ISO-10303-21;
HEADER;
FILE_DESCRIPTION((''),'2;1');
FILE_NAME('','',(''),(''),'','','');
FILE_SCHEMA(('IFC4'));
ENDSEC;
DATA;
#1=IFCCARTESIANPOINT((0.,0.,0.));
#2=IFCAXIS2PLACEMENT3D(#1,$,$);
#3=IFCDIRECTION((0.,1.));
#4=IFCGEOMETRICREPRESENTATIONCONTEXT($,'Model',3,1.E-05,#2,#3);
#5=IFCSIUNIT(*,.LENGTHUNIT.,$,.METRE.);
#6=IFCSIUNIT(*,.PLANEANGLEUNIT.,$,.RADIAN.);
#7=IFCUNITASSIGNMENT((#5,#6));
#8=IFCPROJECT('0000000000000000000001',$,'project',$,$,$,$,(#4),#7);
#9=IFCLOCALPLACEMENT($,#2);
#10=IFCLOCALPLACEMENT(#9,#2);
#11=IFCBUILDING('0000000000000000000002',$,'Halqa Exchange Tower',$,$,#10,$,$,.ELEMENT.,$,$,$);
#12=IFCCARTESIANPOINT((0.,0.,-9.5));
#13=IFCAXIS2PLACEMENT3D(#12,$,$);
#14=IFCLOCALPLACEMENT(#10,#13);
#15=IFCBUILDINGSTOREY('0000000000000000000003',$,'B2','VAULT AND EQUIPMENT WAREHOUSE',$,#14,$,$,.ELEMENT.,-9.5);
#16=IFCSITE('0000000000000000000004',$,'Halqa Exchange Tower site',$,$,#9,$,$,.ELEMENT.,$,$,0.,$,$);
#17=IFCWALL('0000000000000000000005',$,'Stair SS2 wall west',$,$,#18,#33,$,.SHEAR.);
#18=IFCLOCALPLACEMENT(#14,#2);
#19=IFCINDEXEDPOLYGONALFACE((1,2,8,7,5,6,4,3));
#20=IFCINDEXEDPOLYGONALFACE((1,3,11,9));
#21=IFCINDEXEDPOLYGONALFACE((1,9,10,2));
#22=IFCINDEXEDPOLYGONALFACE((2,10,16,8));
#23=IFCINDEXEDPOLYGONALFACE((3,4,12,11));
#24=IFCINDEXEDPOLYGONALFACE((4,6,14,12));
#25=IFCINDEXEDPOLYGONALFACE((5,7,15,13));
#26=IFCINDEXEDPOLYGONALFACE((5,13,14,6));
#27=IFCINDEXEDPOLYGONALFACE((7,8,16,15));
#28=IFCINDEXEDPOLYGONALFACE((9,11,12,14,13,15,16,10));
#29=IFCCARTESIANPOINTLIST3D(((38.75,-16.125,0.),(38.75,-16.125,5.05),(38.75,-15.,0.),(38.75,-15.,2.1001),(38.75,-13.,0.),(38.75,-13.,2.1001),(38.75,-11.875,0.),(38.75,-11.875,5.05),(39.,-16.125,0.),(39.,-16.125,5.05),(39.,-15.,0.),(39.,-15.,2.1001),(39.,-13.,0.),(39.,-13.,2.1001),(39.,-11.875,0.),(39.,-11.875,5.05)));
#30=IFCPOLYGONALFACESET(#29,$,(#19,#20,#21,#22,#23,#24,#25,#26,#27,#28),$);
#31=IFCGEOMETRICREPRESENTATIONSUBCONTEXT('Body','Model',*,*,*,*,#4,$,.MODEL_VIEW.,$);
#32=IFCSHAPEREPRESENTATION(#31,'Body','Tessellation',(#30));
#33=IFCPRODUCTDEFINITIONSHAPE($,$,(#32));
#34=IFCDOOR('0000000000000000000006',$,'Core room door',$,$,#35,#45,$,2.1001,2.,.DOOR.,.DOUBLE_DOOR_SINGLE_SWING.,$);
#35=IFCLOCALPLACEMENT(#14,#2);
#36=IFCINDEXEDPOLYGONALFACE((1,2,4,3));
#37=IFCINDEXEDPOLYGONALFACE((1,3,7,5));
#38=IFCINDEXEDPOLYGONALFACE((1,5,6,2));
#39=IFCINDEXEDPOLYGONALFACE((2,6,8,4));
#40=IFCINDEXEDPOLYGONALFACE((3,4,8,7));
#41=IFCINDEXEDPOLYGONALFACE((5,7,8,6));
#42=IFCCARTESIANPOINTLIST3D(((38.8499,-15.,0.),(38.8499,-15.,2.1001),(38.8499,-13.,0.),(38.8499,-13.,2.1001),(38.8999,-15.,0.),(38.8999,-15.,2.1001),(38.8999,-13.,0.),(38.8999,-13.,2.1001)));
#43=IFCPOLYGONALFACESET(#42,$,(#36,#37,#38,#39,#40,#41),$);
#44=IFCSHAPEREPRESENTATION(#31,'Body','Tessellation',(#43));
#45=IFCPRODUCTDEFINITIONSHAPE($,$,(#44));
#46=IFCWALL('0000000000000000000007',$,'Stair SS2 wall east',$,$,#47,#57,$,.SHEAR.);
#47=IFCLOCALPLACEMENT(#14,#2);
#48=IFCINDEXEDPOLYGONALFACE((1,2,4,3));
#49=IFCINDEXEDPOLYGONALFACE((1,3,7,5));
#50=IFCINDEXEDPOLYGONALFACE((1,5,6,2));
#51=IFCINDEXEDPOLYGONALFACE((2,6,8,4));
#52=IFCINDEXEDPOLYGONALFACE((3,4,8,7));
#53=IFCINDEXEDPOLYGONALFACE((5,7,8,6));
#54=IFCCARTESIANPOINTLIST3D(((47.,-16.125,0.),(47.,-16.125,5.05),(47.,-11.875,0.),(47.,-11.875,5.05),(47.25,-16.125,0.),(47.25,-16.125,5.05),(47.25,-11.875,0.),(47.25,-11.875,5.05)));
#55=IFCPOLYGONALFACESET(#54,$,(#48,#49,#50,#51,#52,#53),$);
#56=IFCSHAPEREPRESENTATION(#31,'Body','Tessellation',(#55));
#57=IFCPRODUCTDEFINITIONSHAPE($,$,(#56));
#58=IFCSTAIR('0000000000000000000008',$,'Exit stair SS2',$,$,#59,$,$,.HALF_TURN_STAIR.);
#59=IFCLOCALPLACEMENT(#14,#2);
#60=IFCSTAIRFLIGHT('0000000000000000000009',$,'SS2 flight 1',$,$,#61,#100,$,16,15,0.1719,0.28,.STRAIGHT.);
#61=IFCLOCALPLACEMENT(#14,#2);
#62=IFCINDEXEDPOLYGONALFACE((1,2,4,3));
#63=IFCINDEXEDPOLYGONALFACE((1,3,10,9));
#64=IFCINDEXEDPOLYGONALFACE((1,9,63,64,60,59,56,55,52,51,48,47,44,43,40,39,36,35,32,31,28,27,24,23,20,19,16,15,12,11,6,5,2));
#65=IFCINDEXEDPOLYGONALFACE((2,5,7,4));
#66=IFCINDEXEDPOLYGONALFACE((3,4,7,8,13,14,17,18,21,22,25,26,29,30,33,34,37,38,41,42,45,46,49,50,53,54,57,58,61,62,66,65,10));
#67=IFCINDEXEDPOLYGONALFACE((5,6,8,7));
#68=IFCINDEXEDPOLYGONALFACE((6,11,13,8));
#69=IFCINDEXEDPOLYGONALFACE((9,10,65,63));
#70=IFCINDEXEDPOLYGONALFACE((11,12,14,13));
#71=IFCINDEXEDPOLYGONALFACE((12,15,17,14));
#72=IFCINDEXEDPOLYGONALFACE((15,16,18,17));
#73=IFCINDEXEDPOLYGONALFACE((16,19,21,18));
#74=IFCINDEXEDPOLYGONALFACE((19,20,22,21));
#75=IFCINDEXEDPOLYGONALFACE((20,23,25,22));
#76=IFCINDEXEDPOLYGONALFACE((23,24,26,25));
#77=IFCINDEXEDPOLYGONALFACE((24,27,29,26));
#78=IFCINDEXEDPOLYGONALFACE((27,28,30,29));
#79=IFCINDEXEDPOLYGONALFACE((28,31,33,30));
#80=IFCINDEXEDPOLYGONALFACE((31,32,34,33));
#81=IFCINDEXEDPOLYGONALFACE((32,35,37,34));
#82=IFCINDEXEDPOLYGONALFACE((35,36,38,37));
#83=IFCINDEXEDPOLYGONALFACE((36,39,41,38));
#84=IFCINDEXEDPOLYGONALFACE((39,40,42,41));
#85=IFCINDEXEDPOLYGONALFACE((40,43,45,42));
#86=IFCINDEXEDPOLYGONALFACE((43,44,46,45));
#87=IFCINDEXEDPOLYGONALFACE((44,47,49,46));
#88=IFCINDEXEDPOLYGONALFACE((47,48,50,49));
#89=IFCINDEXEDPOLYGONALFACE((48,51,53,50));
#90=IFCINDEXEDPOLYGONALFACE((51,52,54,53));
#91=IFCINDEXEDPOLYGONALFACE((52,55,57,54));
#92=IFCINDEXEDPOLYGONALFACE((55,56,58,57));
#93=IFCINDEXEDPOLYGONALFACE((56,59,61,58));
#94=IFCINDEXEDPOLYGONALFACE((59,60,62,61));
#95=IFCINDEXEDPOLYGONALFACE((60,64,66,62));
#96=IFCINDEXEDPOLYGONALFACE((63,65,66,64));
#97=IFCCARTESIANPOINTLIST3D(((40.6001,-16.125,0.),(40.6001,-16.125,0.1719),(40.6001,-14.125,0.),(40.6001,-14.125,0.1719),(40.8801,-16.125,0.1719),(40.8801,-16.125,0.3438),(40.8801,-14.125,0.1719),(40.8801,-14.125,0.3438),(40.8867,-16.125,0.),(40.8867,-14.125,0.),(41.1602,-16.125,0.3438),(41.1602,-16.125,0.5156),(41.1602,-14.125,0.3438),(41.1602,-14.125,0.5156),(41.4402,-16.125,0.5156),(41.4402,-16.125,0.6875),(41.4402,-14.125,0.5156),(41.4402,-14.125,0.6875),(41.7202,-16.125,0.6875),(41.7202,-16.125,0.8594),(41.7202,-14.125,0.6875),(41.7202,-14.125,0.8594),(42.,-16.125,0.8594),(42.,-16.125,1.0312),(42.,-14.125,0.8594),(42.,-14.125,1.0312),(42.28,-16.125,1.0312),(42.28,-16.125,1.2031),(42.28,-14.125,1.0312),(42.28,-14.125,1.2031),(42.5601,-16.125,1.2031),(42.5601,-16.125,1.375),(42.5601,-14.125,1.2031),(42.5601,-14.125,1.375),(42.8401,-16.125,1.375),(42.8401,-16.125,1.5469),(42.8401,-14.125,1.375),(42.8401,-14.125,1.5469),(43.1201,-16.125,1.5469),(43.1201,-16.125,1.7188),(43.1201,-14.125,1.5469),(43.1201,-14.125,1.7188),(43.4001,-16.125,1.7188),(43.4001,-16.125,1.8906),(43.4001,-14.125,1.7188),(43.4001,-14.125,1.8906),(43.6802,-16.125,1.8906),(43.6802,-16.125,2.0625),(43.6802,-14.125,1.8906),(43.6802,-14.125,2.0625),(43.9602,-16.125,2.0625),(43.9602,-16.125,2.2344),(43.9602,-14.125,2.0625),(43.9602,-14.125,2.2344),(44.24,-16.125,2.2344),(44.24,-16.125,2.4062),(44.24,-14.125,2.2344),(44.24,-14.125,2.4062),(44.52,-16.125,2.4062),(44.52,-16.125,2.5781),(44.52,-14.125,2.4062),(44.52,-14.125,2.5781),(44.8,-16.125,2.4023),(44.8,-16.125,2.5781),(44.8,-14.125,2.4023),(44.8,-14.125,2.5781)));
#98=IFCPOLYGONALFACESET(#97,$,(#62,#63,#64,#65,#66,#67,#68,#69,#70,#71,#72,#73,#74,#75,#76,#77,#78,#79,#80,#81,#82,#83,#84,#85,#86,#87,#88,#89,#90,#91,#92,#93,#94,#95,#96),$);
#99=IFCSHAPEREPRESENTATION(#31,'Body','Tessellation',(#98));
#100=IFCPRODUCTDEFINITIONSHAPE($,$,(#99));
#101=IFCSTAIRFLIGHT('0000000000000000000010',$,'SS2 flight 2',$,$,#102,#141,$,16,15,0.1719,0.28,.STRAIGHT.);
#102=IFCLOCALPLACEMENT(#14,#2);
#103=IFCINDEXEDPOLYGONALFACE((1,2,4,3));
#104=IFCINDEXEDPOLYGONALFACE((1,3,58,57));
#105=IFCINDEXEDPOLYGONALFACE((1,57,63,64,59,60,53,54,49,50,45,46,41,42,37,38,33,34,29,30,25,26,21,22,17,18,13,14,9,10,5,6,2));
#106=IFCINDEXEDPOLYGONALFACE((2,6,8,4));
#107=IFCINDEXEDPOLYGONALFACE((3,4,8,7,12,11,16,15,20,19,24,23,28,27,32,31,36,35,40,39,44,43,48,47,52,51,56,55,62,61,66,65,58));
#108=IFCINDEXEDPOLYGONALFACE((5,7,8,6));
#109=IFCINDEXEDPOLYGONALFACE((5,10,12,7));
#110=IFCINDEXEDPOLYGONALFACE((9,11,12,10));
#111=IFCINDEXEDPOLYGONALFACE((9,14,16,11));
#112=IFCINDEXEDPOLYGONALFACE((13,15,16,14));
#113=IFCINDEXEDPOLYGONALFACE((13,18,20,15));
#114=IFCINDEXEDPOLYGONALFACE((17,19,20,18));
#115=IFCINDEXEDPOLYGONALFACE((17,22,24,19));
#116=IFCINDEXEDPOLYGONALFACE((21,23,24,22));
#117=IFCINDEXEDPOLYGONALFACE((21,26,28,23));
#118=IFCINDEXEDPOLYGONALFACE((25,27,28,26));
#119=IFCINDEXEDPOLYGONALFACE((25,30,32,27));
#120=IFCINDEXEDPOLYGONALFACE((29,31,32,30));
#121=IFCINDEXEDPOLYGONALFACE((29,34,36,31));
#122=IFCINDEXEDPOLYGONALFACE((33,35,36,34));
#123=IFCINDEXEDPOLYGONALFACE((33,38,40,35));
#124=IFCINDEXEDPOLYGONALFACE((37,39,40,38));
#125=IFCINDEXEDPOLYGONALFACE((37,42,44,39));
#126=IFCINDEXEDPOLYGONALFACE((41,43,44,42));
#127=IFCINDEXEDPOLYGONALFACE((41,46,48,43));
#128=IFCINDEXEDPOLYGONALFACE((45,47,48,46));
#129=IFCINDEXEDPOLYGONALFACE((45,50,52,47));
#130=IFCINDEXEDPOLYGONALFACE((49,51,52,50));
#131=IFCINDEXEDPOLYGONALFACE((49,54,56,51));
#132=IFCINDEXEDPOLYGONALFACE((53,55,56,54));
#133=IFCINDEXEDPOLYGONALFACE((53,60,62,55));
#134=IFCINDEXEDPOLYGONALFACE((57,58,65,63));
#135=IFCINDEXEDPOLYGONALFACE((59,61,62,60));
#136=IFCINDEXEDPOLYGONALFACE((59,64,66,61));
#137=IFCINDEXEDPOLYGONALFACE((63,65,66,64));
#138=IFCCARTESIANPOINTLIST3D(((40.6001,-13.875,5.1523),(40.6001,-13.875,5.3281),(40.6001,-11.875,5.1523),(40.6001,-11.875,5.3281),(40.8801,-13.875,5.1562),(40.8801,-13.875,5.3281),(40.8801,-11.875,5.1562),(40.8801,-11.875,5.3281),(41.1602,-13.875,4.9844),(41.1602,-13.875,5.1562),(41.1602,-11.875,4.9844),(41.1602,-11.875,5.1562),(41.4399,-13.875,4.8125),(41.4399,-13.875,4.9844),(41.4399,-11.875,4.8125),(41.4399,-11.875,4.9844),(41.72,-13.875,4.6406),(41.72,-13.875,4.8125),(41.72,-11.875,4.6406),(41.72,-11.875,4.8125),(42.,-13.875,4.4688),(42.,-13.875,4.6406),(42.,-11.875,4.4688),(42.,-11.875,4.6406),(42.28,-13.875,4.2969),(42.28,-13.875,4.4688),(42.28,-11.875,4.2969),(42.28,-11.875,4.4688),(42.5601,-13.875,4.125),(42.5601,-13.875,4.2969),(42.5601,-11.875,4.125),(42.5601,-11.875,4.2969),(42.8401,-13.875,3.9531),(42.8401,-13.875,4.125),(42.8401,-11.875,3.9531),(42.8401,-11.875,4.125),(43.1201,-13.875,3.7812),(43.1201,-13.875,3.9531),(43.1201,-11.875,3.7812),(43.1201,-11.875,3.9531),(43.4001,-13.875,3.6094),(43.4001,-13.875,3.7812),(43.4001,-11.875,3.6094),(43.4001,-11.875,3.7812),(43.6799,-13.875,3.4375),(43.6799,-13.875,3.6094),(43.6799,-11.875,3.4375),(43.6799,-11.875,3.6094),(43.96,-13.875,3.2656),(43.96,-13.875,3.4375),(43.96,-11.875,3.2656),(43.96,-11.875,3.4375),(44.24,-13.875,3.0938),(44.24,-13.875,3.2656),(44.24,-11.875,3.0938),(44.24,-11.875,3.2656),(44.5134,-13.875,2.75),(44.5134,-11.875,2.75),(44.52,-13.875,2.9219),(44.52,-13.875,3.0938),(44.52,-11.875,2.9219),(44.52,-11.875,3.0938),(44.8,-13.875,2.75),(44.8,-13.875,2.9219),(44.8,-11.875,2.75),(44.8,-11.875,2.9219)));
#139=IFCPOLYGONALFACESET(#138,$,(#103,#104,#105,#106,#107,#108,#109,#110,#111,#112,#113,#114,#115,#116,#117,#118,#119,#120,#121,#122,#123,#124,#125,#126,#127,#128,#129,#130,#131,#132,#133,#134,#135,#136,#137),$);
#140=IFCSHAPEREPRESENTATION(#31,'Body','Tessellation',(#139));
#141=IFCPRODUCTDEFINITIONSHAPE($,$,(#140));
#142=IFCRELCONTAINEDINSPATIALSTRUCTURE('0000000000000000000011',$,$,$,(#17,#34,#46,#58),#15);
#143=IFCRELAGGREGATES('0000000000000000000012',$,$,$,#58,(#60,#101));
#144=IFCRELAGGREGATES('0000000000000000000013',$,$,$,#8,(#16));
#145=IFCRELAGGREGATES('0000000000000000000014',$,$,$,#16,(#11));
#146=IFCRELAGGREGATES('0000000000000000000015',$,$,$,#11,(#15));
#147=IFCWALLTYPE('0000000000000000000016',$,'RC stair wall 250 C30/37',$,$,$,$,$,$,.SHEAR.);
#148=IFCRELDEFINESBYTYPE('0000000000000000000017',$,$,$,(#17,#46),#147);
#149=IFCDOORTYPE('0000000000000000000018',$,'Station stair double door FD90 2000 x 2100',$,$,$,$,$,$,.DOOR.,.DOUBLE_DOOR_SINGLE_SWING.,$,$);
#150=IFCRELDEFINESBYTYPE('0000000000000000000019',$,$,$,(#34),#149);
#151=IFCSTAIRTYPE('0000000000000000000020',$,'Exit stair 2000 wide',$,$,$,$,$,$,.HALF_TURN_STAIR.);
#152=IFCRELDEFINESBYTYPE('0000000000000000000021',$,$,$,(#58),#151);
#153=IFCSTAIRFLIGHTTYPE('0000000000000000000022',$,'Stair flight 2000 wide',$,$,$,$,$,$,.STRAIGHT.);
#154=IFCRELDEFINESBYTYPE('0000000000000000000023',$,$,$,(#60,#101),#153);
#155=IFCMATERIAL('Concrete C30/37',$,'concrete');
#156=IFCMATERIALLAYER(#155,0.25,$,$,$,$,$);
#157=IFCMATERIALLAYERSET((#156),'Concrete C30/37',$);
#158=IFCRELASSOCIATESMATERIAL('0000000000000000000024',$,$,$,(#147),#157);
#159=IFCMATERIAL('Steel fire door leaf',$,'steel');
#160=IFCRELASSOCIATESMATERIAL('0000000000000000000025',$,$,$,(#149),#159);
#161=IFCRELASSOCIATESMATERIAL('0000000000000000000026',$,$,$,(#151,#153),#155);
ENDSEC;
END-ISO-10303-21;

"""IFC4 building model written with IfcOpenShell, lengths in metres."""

from ifc_helpers import new_model, si_unit, direction, frame, frame_2d, origin, place, context, subcontext, project, spatial, polyline, rectangle, outline, extrude, material, layer, layer_set, type_object, element, fill, aggregate, save


model = new_model("IFC4")

# Units and contexts
model_context = context("Model", 3, precision=1e-05, world=origin(), true_north=direction((0.0, 1.0)))
body_context = subcontext(model_context, "Body", "Model", "MODEL_VIEW")
ifc_project = project(units=[si_unit("LENGTHUNIT", "METRE"), si_unit("PLANEANGLEUNIT", "RADIAN")], contexts=[model_context])

# Site, building, storey
site_placement = place(None, origin())
site = spatial("IfcSite", under=ifc_project, at=site_placement, Name="Halqa Exchange Tower site", CompositionType="ELEMENT", RefElevation=0.0)
building_placement = place(site_placement, origin())
building = spatial("IfcBuilding", under=site, at=building_placement, Name="Halqa Exchange Tower", CompositionType="ELEMENT")
storey_placement = place(building_placement, frame((0.0, 0.0, -9.5)))
storey = spatial("IfcBuildingStorey", under=building, at=storey_placement, Name="B2", Description="VAULT AND EQUIPMENT WAREHOUSE", CompositionType="ELEMENT", Elevation=-9.5)

# Shared definitions
ifc_material_1 = material(Name="Steel fire door leaf", Category="steel")

# Shared definitions
ifc_material_2 = material(Name="Concrete C30/37", Category="concrete")
ifc_layer_1 = layer(ifc_material_2, 0.25)
ifc_layer_set_1 = layer_set([ifc_layer_1], Name="Concrete C30/37")
wall_type_1 = type_object("IfcWallType", Name="RC stair wall 250 C30/37", PredefinedType="SHEAR", material=ifc_layer_set_1)

# Wall, opening, door
wall_1_placement = place(storey_placement, frame((38.875, -16.125, 0.0), z_axis=(0.0, 0.0, 1.0), x_axis=(0.0, 1.0, 0.0)))
wall_1 = element("IfcWall", 1, at=wall_1_placement, inside=storey, type_object=wall_type_1, Name="Stair SS2 wall west", PredefinedType="SHEAR", context=body_context, shape_type="SweptSolid", body=[
    extrude(rectangle(XDim=4.25, YDim=0.25, at=frame_2d((2.125, 0.0))), origin(), (0.0, 0.0, 1.0), 5.05),
])
opening_1_placement = place(wall_1_placement, frame((1.125, 0.0, 0.0)))
opening_1 = element("IfcOpeningElement", 2, at=opening_1_placement, cuts=wall_1, PredefinedType="OPENING", context=body_context, shape_type="SweptSolid", body=[
    extrude(rectangle(XDim=2.0, YDim=2.1001, at=frame_2d((1.0, 1.05))), frame((0.0, 0.137, 0.0), z_axis=(0.0, -1.0, 0.0), x_axis=(1.0, 0.0, 0.0)), (0.0, 0.0, 1.0), 0.2739),
])
door_type_1 = type_object("IfcDoorType", Name="Station stair double door FD90 2000 x 2100", OperationType="DOUBLE_DOOR_SINGLE_SWING", PredefinedType="DOOR", material=ifc_material_1)
door_1_placement = place(opening_1_placement, frame((2.0, 0.0, 0.0), z_axis=(0.0, 0.0, 1.0), x_axis=(-1.0, 0.0, 0.0)))
door_1 = element("IfcDoor", 3, at=door_1_placement, inside=storey, type_object=door_type_1, Name="Core room door", OperationType="DOUBLE_DOOR_SINGLE_SWING", OverallHeight=2.1001, OverallWidth=2.0, PredefinedType="DOOR", context=body_context, shape_type="SweptSolid", body=[
    extrude(rectangle(XDim=2.0, YDim=2.1001, at=frame_2d((1.0, 1.05))), frame((0.0, 0.0249, 0.0), z_axis=(0.0, -1.0, 0.0), x_axis=(1.0, 0.0, 0.0)), (0.0, 0.0, 1.0), 0.05),
])
fill(opening_1, door_1)

# Wall
wall_2_placement = place(storey_placement, frame((47.125, -16.125, 0.0), z_axis=(0.0, 0.0, 1.0), x_axis=(0.0, 1.0, 0.0)))
element("IfcWall", 4, at=wall_2_placement, inside=storey, type_object=wall_type_1, Name="Stair SS2 wall east", PredefinedType="SHEAR", context=body_context, shape_type="SweptSolid", body=[
    extrude(rectangle(XDim=4.25, YDim=0.25, at=frame_2d((2.125, 0.0))), origin(), (0.0, 0.0, 1.0), 5.05),
])

# Stair, stair flights
stair_type = type_object("IfcStairType", Name="Exit stair 2000 wide", PredefinedType="HALF_TURN_STAIR", material=ifc_material_2)
stair_placement = place(storey_placement, origin())
stair = element("IfcStair", 5, at=stair_placement, inside=storey, type_object=stair_type, Name="Exit stair SS2", PredefinedType="HALF_TURN_STAIR")
stair_flight_type = type_object("IfcStairFlightType", Name="Stair flight 2000 wide", PredefinedType="STRAIGHT", material=ifc_material_2)
stair_flight_1_placement = place(storey_placement, frame((40.6001, -15.125, 0.0), z_axis=(0.0, 0.0, 1.0), x_axis=(1.0, 0.0, 0.0)))
stair_flight_1 = element("IfcStairFlight", 6, at=stair_flight_1_placement, type_object=stair_flight_type, Name="SS2 flight 1", NumberOfRisers=16, NumberOfTreads=15, PredefinedType="STRAIGHT", RiserHeight=0.1719, TreadLength=0.28, context=body_context, shape_type="SweptSolid", body=[
    extrude(outline(polyline([(0.0, 0.0), (0.0, 0.1719), (0.28, 0.1719), (0.28, 0.3438), (0.5601, 0.3438), (0.5601, 0.5156), (0.8401, 0.5156), (0.8401, 0.6875), (1.1201, 0.6875), (1.1201, 0.8594), (1.3999, 0.8594), (1.3999, 1.0312), (1.6799, 1.0312), (1.6799, 1.2031), (1.96, 1.2031), (1.96, 1.375), (2.24, 1.375), (2.24, 1.5469), (2.52, 1.5469), (2.52, 1.7188), (2.8, 1.7188), (2.8, 1.8906), (3.0801, 1.8906), (3.0801, 2.0625), (3.3601, 2.0625), (3.3601, 2.2344), (3.6399, 2.2344), (3.6399, 2.4062), (3.9199, 2.4062), (3.9199, 2.5781), (4.2, 2.5781), (4.2, 2.75), (4.2, 2.4023), (0.2866, 0.0), (0.0, 0.0)])), frame((0.0, 1.0, 0.0), z_axis=(0.0, -1.0, 0.0), x_axis=(1.0, 0.0, 0.0)), (0.0, 0.0, 1.0), 2.0),
])
stair_flight_2_placement = place(storey_placement, frame((44.8, -12.875, 2.75), z_axis=(0.0, 0.0, 1.0), x_axis=(-1.0, 0.0, 0.0)))
stair_flight_2 = element("IfcStairFlight", 7, at=stair_flight_2_placement, type_object=stair_flight_type, Name="SS2 flight 2", NumberOfRisers=16, NumberOfTreads=15, PredefinedType="STRAIGHT", RiserHeight=0.1719, TreadLength=0.28, context=body_context, shape_type="SweptSolid", body=[
    extrude(outline(polyline([(0.0, 0.0), (0.0, 0.1719), (0.28, 0.1719), (0.28, 0.3438), (0.5601, 0.3438), (0.5601, 0.5156), (0.8401, 0.5156), (0.8401, 0.6875), (1.1201, 0.6875), (1.1201, 0.8594), (1.3999, 0.8594), (1.3999, 1.0312), (1.6799, 1.0312), (1.6799, 1.2031), (1.96, 1.2031), (1.96, 1.375), (2.24, 1.375), (2.24, 1.5469), (2.52, 1.5469), (2.52, 1.7188), (2.8, 1.7188), (2.8, 1.8906), (3.0801, 1.8906), (3.0801, 2.0625), (3.3601, 2.0625), (3.3601, 2.2344), (3.6399, 2.2344), (3.6399, 2.4062), (3.9199, 2.4062), (3.9199, 2.5781), (4.2, 2.5781), (4.2, 2.75), (4.2, 2.4023), (0.2866, 0.0), (0.0, 0.0)])), frame((0.0, 1.0, 0.0), z_axis=(0.0, -1.0, 0.0), x_axis=(1.0, 0.0, 0.0)), (0.0, 0.0, 1.0), 2.0),
])
aggregate(stair, [stair_flight_1, stair_flight_2])

save(model, "model.ifc")
